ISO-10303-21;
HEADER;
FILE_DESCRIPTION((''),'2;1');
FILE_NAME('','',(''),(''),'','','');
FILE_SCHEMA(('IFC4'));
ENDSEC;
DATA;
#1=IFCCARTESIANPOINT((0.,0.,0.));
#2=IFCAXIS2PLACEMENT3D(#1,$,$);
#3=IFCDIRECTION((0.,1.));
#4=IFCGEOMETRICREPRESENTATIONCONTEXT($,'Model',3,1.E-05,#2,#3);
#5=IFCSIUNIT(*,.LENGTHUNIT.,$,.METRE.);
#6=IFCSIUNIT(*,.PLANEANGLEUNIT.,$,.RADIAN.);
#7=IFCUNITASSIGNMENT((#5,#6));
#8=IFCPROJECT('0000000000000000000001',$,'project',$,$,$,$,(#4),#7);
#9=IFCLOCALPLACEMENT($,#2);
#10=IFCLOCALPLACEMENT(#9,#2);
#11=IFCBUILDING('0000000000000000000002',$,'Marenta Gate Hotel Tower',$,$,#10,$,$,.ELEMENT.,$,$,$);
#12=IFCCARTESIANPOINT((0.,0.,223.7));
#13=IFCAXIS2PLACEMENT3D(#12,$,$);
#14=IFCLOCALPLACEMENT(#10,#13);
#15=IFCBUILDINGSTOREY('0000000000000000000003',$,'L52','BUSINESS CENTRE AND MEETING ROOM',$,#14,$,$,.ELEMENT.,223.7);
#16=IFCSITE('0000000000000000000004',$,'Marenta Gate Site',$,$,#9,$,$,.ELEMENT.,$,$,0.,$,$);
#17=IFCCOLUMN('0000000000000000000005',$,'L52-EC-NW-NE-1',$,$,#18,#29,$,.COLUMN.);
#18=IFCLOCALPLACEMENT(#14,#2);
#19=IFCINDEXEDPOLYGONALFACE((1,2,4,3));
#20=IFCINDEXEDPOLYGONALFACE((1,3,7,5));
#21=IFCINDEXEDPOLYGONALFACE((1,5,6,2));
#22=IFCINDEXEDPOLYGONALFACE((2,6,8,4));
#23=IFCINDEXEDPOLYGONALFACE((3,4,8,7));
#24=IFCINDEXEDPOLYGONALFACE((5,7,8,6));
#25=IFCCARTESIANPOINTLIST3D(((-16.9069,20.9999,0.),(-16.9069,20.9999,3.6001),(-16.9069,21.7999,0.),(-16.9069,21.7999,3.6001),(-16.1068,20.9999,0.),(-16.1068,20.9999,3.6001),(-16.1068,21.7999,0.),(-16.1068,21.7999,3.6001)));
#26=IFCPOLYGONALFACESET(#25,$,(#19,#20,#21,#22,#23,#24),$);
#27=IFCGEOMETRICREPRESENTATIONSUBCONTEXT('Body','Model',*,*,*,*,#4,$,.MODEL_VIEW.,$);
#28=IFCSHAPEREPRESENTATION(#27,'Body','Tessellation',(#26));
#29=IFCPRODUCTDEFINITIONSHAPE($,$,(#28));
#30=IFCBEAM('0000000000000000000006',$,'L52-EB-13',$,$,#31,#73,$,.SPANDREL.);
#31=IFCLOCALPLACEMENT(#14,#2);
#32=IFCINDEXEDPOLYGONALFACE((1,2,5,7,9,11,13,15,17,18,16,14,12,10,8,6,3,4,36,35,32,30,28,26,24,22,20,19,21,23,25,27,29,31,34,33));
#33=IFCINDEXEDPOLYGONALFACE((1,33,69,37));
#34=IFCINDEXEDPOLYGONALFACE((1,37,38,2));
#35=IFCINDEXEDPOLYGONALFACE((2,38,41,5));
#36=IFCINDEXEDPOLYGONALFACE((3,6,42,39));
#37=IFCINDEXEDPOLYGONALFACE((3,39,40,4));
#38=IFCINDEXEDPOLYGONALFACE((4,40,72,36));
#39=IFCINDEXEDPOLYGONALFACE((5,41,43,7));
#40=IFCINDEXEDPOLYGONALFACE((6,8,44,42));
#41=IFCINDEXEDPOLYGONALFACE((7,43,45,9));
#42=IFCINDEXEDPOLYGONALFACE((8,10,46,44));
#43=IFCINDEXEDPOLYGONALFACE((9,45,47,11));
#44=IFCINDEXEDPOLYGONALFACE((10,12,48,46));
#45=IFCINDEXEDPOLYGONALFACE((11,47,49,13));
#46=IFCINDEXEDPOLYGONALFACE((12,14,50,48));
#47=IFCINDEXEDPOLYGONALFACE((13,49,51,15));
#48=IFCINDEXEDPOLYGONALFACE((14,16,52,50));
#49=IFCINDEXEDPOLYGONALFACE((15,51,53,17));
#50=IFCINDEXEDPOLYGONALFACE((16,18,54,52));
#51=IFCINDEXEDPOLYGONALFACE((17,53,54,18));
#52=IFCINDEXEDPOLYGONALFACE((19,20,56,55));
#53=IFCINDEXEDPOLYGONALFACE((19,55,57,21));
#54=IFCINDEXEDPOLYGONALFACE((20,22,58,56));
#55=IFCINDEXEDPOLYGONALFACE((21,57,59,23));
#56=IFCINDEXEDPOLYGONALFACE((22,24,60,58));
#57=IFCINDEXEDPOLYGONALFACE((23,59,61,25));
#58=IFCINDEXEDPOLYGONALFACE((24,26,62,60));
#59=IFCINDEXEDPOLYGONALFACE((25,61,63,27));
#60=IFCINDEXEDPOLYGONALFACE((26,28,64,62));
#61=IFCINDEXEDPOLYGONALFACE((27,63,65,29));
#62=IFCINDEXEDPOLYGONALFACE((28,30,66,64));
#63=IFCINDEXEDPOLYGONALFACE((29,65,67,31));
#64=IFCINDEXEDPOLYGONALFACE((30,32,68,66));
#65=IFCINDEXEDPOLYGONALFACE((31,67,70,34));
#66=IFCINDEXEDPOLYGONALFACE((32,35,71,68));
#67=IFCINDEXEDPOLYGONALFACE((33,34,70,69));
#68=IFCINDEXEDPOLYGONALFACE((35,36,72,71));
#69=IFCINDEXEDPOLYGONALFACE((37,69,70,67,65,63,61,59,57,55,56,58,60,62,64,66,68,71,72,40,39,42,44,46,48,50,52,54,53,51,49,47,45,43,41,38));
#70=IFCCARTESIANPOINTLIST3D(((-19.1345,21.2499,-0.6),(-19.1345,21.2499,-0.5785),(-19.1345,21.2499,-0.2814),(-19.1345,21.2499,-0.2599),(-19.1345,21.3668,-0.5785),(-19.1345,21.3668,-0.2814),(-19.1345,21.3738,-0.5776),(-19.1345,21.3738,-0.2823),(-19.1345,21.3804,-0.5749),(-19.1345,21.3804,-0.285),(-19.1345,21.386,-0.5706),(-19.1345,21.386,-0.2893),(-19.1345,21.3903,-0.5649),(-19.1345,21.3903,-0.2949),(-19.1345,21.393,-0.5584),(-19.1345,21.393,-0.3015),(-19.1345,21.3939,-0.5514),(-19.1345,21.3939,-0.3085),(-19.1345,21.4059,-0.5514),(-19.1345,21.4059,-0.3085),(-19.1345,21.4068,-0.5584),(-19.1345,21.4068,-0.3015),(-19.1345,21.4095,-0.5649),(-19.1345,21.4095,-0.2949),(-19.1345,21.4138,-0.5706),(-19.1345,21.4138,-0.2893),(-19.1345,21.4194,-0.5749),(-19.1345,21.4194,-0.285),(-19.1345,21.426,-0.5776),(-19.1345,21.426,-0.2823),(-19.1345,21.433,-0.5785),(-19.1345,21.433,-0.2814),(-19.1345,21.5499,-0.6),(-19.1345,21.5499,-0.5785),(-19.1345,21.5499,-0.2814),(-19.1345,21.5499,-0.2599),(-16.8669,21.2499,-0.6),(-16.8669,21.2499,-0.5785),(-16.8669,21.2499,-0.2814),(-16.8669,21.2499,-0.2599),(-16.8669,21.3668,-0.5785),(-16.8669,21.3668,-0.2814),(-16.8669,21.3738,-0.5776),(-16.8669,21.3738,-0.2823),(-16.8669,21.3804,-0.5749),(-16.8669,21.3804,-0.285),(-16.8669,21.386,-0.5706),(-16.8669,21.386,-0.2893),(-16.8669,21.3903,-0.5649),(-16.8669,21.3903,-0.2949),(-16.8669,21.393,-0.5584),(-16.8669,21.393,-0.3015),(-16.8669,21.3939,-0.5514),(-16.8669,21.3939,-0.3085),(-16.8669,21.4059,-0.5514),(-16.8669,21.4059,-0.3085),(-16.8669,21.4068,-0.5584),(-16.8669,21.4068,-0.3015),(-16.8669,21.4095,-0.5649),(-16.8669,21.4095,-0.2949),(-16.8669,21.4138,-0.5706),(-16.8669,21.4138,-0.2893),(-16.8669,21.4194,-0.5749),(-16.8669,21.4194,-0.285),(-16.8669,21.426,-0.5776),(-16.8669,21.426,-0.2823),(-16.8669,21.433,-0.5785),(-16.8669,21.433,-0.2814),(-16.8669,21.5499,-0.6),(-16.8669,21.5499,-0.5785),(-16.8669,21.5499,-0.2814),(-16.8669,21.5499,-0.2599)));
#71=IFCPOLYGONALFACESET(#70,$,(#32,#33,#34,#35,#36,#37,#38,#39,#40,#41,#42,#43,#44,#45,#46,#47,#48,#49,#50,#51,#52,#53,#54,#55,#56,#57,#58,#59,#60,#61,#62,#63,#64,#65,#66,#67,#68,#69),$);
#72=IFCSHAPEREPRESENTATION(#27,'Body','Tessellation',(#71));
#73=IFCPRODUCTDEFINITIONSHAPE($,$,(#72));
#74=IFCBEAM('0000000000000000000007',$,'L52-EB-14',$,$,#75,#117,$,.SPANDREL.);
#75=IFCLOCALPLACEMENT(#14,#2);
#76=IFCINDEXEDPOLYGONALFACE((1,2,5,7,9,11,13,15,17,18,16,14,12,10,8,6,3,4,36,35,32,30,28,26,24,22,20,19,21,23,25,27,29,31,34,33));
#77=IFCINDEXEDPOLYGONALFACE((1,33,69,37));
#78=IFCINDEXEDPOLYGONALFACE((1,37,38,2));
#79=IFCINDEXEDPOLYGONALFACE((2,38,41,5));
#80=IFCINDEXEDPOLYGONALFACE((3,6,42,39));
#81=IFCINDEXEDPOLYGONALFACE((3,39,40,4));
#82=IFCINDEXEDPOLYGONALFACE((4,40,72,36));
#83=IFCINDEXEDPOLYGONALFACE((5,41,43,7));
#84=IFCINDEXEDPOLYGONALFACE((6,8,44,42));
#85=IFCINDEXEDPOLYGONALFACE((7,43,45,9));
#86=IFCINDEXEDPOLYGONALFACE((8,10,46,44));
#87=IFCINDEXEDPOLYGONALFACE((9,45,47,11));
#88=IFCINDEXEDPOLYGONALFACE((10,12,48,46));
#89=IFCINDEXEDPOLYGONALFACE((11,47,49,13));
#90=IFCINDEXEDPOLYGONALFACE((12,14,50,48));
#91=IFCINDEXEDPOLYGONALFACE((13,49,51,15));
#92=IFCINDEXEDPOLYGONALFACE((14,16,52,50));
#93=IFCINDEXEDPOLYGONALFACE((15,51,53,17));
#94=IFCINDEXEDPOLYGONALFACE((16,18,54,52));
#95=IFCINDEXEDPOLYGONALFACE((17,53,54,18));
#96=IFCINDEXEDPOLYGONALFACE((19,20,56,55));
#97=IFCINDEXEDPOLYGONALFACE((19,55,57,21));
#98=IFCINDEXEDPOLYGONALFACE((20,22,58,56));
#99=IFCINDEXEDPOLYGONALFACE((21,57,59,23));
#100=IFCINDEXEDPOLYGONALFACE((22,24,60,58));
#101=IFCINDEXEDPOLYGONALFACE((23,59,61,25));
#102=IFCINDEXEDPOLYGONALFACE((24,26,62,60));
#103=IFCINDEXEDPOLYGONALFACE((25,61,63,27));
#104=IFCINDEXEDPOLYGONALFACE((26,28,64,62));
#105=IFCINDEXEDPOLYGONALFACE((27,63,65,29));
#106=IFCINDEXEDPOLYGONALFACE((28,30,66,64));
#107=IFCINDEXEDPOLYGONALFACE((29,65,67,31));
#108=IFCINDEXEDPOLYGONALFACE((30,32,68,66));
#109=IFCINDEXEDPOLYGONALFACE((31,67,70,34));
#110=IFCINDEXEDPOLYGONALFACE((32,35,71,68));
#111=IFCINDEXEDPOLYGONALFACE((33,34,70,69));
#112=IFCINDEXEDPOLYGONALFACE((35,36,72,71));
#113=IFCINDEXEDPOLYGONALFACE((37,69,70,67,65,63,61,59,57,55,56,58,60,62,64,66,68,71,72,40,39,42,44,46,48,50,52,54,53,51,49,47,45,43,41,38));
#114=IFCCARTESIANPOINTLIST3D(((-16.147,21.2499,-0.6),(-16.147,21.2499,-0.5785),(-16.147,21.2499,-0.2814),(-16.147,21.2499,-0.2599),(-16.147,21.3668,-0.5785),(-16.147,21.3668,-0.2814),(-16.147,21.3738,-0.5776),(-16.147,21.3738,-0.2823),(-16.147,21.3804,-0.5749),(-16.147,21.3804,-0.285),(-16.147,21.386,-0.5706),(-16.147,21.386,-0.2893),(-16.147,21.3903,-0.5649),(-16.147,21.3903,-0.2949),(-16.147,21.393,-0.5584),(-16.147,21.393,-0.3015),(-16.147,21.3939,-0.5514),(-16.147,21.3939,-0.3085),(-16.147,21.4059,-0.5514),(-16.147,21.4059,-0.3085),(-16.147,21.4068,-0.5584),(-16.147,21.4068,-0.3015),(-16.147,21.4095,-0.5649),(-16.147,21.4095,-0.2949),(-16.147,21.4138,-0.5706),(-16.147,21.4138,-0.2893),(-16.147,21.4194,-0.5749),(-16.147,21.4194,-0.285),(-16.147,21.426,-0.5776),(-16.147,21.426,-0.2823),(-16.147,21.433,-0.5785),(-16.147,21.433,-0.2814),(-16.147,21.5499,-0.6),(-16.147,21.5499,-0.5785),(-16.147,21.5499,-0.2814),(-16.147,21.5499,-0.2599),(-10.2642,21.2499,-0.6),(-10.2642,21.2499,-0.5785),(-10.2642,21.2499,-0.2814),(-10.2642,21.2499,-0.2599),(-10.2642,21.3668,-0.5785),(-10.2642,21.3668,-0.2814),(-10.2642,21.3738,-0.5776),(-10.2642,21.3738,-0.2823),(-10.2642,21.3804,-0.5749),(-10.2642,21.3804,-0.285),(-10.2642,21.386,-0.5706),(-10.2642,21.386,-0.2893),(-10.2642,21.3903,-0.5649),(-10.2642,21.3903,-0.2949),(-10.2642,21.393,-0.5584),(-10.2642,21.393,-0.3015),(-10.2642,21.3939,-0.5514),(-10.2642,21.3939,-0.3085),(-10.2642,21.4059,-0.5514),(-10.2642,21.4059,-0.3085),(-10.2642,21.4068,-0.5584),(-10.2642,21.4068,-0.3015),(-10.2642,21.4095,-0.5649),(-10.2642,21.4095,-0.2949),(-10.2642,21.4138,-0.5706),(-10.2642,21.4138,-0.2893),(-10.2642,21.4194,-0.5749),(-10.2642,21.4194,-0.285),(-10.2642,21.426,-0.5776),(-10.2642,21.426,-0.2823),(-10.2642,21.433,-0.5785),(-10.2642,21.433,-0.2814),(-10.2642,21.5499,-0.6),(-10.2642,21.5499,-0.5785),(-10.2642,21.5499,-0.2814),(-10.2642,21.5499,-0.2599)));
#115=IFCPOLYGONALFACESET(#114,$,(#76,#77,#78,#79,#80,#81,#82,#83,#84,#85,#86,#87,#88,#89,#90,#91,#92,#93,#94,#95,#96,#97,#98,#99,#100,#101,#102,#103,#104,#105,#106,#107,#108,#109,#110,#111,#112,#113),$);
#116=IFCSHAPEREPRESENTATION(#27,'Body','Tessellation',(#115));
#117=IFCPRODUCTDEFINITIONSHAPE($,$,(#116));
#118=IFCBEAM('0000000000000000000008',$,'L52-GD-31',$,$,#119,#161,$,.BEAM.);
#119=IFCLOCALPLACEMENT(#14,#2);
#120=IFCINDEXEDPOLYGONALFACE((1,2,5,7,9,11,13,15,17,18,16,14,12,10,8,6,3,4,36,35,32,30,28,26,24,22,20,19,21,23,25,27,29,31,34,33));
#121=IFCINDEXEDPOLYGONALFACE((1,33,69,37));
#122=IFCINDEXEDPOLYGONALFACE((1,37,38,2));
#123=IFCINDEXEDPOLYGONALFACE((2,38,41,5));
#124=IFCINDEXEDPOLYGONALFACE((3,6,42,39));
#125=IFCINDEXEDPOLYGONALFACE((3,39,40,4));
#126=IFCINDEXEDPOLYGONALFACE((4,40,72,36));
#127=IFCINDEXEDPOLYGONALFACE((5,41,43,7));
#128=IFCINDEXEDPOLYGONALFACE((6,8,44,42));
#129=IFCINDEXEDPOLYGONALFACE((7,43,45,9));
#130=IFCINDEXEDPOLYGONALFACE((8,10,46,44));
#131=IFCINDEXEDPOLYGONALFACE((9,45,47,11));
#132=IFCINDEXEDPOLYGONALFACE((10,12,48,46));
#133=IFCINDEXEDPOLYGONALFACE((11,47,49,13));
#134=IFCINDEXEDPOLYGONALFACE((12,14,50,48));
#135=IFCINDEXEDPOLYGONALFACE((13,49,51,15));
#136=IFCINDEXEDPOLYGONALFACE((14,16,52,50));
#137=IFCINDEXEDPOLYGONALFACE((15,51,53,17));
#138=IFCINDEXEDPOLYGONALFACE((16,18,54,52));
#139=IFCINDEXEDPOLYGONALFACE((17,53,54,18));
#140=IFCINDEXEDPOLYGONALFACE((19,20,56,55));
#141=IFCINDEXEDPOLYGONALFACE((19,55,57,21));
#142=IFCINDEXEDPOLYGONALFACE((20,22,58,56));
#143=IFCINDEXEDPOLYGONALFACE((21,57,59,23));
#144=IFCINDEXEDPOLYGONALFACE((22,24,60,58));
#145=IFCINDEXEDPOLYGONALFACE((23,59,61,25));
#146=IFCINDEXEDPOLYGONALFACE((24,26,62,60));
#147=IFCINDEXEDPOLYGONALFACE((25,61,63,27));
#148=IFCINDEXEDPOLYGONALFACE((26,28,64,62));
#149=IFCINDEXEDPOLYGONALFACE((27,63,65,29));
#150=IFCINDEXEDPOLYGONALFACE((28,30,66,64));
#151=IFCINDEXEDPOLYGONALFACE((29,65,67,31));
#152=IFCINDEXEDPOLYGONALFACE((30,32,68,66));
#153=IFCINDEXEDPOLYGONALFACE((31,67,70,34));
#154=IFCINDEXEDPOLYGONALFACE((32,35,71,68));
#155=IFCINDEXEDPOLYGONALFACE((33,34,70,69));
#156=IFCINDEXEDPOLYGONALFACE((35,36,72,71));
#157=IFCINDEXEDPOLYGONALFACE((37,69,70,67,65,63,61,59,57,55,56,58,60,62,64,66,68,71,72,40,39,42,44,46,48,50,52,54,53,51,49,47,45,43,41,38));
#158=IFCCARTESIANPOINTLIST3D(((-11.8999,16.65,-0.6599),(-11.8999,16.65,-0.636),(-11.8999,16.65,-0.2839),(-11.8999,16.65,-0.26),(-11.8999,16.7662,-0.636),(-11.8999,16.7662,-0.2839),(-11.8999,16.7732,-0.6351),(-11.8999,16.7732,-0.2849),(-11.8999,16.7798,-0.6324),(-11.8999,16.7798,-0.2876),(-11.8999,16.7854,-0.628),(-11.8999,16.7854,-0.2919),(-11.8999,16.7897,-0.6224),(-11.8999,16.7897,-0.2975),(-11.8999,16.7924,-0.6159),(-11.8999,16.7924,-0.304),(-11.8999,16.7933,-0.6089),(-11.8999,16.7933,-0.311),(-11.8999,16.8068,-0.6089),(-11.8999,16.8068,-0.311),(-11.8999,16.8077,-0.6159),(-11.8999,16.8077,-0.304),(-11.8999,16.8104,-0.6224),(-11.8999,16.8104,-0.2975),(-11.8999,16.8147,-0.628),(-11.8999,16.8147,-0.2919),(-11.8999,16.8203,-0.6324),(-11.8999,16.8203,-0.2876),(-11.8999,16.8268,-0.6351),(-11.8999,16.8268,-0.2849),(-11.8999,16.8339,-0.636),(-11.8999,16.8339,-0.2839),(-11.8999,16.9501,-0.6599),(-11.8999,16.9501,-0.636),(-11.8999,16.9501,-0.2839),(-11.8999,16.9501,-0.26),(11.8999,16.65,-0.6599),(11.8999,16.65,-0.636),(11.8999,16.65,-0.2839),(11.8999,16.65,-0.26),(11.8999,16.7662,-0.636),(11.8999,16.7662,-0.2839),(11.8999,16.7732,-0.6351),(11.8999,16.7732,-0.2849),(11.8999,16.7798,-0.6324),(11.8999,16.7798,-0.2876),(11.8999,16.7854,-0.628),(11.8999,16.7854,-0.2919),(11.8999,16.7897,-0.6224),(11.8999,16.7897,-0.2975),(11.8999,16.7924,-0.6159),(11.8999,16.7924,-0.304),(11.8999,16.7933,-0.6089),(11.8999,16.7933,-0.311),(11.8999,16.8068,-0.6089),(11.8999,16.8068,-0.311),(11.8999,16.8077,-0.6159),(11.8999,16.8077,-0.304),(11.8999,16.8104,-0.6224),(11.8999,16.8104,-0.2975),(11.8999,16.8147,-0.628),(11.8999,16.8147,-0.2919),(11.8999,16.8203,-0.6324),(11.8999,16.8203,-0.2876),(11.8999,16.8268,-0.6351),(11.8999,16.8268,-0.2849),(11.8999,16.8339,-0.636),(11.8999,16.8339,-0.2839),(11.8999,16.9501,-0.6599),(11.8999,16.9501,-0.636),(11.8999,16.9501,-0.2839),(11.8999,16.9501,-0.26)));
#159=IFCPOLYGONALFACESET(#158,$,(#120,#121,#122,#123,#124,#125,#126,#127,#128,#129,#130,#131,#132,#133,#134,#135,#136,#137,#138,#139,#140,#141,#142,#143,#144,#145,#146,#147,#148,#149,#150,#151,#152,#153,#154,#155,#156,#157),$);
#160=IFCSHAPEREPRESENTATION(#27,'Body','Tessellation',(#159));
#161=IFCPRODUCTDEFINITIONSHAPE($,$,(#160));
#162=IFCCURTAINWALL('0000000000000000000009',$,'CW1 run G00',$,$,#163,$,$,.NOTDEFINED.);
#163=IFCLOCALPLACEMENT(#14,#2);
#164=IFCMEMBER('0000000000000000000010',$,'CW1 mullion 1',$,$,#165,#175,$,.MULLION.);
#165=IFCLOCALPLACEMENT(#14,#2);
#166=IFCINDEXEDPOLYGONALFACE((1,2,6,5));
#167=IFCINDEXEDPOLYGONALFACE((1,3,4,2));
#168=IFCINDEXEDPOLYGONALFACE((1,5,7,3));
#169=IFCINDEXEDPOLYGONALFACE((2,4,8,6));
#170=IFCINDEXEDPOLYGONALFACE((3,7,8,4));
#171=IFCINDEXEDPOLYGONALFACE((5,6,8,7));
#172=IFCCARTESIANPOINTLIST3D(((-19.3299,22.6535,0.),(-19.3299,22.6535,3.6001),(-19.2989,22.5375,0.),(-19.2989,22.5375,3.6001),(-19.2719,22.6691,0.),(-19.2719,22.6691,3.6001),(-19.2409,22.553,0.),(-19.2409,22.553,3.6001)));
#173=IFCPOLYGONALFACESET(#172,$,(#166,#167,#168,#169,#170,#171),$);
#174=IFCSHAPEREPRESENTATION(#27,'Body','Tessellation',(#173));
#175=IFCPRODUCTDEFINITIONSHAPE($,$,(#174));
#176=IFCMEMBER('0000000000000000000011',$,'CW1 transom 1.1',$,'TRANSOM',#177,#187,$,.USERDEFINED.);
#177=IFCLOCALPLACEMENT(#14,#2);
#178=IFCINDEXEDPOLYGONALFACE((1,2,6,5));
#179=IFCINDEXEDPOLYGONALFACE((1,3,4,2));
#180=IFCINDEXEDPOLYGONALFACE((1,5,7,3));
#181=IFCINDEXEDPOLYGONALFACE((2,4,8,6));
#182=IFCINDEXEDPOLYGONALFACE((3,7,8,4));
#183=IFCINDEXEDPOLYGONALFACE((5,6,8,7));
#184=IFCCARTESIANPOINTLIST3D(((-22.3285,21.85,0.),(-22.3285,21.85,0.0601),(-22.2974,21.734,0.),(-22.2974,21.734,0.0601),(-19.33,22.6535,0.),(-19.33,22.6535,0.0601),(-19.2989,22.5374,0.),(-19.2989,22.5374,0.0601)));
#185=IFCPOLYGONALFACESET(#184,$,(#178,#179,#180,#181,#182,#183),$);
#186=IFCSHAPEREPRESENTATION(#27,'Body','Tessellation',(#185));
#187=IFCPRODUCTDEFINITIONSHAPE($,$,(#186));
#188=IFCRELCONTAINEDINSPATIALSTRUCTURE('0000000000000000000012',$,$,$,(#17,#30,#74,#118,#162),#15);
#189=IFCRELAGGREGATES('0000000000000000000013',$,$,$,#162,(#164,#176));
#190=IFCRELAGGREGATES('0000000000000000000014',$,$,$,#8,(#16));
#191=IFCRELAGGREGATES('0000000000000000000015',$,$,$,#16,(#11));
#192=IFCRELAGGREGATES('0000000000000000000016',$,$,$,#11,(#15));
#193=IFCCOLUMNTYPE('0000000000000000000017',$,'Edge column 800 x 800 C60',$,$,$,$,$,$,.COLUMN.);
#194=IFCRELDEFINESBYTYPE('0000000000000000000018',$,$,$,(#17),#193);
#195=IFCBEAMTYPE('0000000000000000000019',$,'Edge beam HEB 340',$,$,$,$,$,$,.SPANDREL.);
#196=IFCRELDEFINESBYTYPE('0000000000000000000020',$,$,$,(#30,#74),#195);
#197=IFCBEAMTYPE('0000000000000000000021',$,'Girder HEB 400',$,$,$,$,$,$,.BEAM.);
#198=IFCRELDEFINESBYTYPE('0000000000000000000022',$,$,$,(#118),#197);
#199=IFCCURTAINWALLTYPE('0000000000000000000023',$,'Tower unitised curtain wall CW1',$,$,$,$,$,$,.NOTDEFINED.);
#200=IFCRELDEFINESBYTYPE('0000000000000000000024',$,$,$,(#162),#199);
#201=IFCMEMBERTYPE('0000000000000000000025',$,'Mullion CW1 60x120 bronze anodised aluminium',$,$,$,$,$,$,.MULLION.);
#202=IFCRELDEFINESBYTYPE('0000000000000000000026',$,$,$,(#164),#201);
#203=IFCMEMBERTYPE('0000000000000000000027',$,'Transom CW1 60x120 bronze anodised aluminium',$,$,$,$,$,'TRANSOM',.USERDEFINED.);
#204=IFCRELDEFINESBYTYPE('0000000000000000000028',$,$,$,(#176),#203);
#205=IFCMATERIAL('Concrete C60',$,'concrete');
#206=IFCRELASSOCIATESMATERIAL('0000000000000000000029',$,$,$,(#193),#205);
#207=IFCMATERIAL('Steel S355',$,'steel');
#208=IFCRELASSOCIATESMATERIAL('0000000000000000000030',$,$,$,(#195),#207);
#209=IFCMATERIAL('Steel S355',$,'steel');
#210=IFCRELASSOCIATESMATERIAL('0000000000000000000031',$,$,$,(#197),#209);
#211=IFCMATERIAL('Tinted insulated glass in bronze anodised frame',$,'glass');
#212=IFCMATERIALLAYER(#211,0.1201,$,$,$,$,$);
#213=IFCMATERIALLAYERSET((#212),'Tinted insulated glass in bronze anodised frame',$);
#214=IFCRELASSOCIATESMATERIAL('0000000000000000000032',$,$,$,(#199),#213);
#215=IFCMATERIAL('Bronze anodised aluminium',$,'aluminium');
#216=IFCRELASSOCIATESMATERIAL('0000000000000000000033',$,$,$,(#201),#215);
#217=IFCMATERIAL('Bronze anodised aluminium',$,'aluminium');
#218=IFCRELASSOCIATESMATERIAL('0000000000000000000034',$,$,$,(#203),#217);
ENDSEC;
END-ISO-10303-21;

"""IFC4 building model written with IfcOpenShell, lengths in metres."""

from ifc_helpers import new_model, si_unit, direction, frame, origin, origin_2d, place, context, subcontext, project, spatial, rectangle, i_section, extrude, material, layer, layer_set, material_profile, profile_set, type_object, element, aggregate, save


model = new_model("IFC4")

# Units and contexts
model_context = context("Model", 3, precision=1e-05, world=origin(), true_north=direction((0.0, 1.0)))
body_context = subcontext(model_context, "Body", "Model", "MODEL_VIEW")
ifc_project = project(units=[si_unit("LENGTHUNIT", "METRE"), si_unit("PLANEANGLEUNIT", "RADIAN")], contexts=[model_context])

# Site, building, storey
site_placement = place(None, origin())
site = spatial("IfcSite", under=ifc_project, at=site_placement, Name="Marenta Gate Site", CompositionType="ELEMENT", RefElevation=0.0)
building_placement = place(site_placement, origin())
building = spatial("IfcBuilding", under=site, at=building_placement, Name="Marenta Gate Hotel Tower", CompositionType="ELEMENT")
storey_placement = place(building_placement, frame((0.0, 0.0, 223.7)))
storey = spatial("IfcBuildingStorey", under=building, at=storey_placement, Name="L52", Description="BUSINESS CENTRE AND MEETING ROOM", CompositionType="ELEMENT", Elevation=223.7)

# Column
ifc_material_1 = material(Name="Concrete C60", Category="concrete")
ifc_material_profile_1 = material_profile(ifc_material_1, rectangle(XDim=0.8, YDim=0.8, at=origin_2d()), Name="800 x 800")
ifc_profile_set_1 = profile_set([ifc_material_profile_1], Name="Concrete C60")
column_type = type_object("IfcColumnType", Name="Edge column 800 x 800 C60", PredefinedType="COLUMN", material=ifc_profile_set_1)
column_placement = place(storey_placement, frame((-16.5068, 21.3999, 0.0), z_axis=(0.0, 0.0, 1.0), x_axis=(1.0, 0.0, 0.0)))
element("IfcColumn", 1, at=column_placement, inside=storey, type_object=column_type, Name="L52-EC-NW-NE-1", PredefinedType="COLUMN", context=body_context, shape_type="SweptSolid", body=[
    extrude(rectangle(XDim=0.8, YDim=0.8, at=origin_2d()), origin(), (0.0, 0.0, 1.0), 3.6001),
])

# Beams
ifc_material_2 = material(Name="Steel S355", Category="steel")
ifc_material_profile_2 = material_profile(ifc_material_2, i_section(OverallWidth=0.3, OverallDepth=0.3401, WebThickness=0.012, FlangeThickness=0.0215, FilletRadius=0.0271, at=origin_2d()), Name="HEB 340")
ifc_profile_set_2 = profile_set([ifc_material_profile_2], Name="Steel S355")
beam_type_1 = type_object("IfcBeamType", Name="Edge beam HEB 340", PredefinedType="SPANDREL", material=ifc_profile_set_2)
beam_1_placement = place(storey_placement, frame((-19.1345, 21.3999, -0.4299), z_axis=(1.0, 0.0, 0.0), x_axis=(0.0, 1.0, 0.0)))
element("IfcBeam", 2, at=beam_1_placement, inside=storey, type_object=beam_type_1, Name="L52-EB-13", PredefinedType="SPANDREL", context=body_context, shape_type="SweptSolid", body=[
    extrude(i_section(OverallWidth=0.3, OverallDepth=0.3401, WebThickness=0.012, FlangeThickness=0.0215, FilletRadius=0.0271, at=origin_2d()), origin(), (0.0, 0.0, 1.0), 2.2676),
])
beam_2_placement = place(storey_placement, frame((-16.147, 21.3999, -0.4299), z_axis=(1.0, 0.0, 0.0), x_axis=(0.0, 1.0, 0.0)))
element("IfcBeam", 3, at=beam_2_placement, inside=storey, type_object=beam_type_1, Name="L52-EB-14", PredefinedType="SPANDREL", context=body_context, shape_type="SweptSolid", body=[
    extrude(i_section(OverallWidth=0.3, OverallDepth=0.3401, WebThickness=0.012, FlangeThickness=0.0215, FilletRadius=0.0271, at=origin_2d()), origin(), (0.0, 0.0, 1.0), 5.8828),
])
ifc_material_3 = material(Name="Steel S355", Category="steel")
ifc_material_profile_3 = material_profile(ifc_material_3, i_section(OverallWidth=0.3, OverallDepth=0.3999, WebThickness=0.0134, FlangeThickness=0.0239, FilletRadius=0.0271, at=origin_2d()), Name="HEB 400")
ifc_profile_set_3 = profile_set([ifc_material_profile_3], Name="Steel S355")
beam_type_2 = type_object("IfcBeamType", Name="Girder HEB 400", PredefinedType="BEAM", material=ifc_profile_set_3)
beam_3_placement = place(storey_placement, frame((-11.8999, 16.8, -0.46), z_axis=(1.0, 0.0, 0.0), x_axis=(0.0, 1.0, 0.0)))
element("IfcBeam", 4, at=beam_3_placement, inside=storey, type_object=beam_type_2, Name="L52-GD-31", PredefinedType="BEAM", context=body_context, shape_type="SweptSolid", body=[
    extrude(i_section(OverallWidth=0.3, OverallDepth=0.3999, WebThickness=0.0134, FlangeThickness=0.0239, FilletRadius=0.0271, at=origin_2d()), origin(), (0.0, 0.0, 1.0), 23.7998),
])

# Curtain wall, members
ifc_material_4 = material(Name="Tinted insulated glass in bronze anodised frame", Category="glass")
ifc_layer_1 = layer(ifc_material_4, 0.1201)
ifc_layer_set_1 = layer_set([ifc_layer_1], Name="Tinted insulated glass in bronze anodised frame")
curtain_wall_type = type_object("IfcCurtainWallType", Name="Tower unitised curtain wall CW1", PredefinedType="NOTDEFINED", material=ifc_layer_set_1)
curtain_wall_placement = place(storey_placement, origin())
curtain_wall = element("IfcCurtainWall", 5, at=curtain_wall_placement, inside=storey, type_object=curtain_wall_type, Name="CW1 run G00", PredefinedType="NOTDEFINED")
ifc_material_5 = material(Name="Bronze anodised aluminium", Category="aluminium")
ifc_material_profile_4 = material_profile(ifc_material_5, rectangle(XDim=0.1201, YDim=0.0601, at=origin_2d()), Name="Mullion CW1 60x120 bronze anodised aluminium")
ifc_profile_set_4 = profile_set([ifc_material_profile_4], Name="Bronze anodised aluminium")
member_type_1 = type_object("IfcMemberType", Name="Mullion CW1 60x120 bronze anodised aluminium", PredefinedType="MULLION", material=ifc_profile_set_4)
member_1_placement = place(storey_placement, frame((-19.2854, 22.6033, 0.0), z_axis=(0.0, 0.0, 1.0), x_axis=(0.258801, -0.965931, 0.0)))
member_1 = element("IfcMember", 6, at=member_1_placement, type_object=member_type_1, Name="CW1 mullion 1", PredefinedType="MULLION", context=body_context, shape_type="SweptSolid", body=[
    extrude(rectangle(XDim=0.1201, YDim=0.0601, at=origin_2d()), origin(), (0.0, 0.0, 1.0), 3.6001),
])
ifc_material_6 = material(Name="Bronze anodised aluminium", Category="aluminium")
ifc_material_profile_5 = material_profile(ifc_material_6, rectangle(XDim=0.1201, YDim=0.0601, at=origin_2d()), Name="Transom CW1 60x120 bronze anodised aluminium")
ifc_profile_set_5 = profile_set([ifc_material_profile_5], Name="Bronze anodised aluminium")
member_type_2 = type_object("IfcMemberType", Name="Transom CW1 60x120 bronze anodised aluminium", ElementType="TRANSOM", PredefinedType="USERDEFINED", material=ifc_profile_set_5)
member_2_placement = place(storey_placement, frame((-19.3145, 22.5955, 0.03), z_axis=(-0.965925, -0.258823, 0.0), x_axis=(0.258823, -0.965925, 0.0)))
member_2 = element("IfcMember", 7, at=member_2_placement, type_object=member_type_2, Name="CW1 transom 1.1", ObjectType="TRANSOM", PredefinedType="USERDEFINED", context=body_context, shape_type="SweptSolid", body=[
    extrude(rectangle(XDim=0.1201, YDim=0.0601, at=origin_2d()), origin(), (0.0, 0.0, 1.0), 3.1042),
])
aggregate(curtain_wall, [member_1, member_2])

save(model, "model.ifc")
